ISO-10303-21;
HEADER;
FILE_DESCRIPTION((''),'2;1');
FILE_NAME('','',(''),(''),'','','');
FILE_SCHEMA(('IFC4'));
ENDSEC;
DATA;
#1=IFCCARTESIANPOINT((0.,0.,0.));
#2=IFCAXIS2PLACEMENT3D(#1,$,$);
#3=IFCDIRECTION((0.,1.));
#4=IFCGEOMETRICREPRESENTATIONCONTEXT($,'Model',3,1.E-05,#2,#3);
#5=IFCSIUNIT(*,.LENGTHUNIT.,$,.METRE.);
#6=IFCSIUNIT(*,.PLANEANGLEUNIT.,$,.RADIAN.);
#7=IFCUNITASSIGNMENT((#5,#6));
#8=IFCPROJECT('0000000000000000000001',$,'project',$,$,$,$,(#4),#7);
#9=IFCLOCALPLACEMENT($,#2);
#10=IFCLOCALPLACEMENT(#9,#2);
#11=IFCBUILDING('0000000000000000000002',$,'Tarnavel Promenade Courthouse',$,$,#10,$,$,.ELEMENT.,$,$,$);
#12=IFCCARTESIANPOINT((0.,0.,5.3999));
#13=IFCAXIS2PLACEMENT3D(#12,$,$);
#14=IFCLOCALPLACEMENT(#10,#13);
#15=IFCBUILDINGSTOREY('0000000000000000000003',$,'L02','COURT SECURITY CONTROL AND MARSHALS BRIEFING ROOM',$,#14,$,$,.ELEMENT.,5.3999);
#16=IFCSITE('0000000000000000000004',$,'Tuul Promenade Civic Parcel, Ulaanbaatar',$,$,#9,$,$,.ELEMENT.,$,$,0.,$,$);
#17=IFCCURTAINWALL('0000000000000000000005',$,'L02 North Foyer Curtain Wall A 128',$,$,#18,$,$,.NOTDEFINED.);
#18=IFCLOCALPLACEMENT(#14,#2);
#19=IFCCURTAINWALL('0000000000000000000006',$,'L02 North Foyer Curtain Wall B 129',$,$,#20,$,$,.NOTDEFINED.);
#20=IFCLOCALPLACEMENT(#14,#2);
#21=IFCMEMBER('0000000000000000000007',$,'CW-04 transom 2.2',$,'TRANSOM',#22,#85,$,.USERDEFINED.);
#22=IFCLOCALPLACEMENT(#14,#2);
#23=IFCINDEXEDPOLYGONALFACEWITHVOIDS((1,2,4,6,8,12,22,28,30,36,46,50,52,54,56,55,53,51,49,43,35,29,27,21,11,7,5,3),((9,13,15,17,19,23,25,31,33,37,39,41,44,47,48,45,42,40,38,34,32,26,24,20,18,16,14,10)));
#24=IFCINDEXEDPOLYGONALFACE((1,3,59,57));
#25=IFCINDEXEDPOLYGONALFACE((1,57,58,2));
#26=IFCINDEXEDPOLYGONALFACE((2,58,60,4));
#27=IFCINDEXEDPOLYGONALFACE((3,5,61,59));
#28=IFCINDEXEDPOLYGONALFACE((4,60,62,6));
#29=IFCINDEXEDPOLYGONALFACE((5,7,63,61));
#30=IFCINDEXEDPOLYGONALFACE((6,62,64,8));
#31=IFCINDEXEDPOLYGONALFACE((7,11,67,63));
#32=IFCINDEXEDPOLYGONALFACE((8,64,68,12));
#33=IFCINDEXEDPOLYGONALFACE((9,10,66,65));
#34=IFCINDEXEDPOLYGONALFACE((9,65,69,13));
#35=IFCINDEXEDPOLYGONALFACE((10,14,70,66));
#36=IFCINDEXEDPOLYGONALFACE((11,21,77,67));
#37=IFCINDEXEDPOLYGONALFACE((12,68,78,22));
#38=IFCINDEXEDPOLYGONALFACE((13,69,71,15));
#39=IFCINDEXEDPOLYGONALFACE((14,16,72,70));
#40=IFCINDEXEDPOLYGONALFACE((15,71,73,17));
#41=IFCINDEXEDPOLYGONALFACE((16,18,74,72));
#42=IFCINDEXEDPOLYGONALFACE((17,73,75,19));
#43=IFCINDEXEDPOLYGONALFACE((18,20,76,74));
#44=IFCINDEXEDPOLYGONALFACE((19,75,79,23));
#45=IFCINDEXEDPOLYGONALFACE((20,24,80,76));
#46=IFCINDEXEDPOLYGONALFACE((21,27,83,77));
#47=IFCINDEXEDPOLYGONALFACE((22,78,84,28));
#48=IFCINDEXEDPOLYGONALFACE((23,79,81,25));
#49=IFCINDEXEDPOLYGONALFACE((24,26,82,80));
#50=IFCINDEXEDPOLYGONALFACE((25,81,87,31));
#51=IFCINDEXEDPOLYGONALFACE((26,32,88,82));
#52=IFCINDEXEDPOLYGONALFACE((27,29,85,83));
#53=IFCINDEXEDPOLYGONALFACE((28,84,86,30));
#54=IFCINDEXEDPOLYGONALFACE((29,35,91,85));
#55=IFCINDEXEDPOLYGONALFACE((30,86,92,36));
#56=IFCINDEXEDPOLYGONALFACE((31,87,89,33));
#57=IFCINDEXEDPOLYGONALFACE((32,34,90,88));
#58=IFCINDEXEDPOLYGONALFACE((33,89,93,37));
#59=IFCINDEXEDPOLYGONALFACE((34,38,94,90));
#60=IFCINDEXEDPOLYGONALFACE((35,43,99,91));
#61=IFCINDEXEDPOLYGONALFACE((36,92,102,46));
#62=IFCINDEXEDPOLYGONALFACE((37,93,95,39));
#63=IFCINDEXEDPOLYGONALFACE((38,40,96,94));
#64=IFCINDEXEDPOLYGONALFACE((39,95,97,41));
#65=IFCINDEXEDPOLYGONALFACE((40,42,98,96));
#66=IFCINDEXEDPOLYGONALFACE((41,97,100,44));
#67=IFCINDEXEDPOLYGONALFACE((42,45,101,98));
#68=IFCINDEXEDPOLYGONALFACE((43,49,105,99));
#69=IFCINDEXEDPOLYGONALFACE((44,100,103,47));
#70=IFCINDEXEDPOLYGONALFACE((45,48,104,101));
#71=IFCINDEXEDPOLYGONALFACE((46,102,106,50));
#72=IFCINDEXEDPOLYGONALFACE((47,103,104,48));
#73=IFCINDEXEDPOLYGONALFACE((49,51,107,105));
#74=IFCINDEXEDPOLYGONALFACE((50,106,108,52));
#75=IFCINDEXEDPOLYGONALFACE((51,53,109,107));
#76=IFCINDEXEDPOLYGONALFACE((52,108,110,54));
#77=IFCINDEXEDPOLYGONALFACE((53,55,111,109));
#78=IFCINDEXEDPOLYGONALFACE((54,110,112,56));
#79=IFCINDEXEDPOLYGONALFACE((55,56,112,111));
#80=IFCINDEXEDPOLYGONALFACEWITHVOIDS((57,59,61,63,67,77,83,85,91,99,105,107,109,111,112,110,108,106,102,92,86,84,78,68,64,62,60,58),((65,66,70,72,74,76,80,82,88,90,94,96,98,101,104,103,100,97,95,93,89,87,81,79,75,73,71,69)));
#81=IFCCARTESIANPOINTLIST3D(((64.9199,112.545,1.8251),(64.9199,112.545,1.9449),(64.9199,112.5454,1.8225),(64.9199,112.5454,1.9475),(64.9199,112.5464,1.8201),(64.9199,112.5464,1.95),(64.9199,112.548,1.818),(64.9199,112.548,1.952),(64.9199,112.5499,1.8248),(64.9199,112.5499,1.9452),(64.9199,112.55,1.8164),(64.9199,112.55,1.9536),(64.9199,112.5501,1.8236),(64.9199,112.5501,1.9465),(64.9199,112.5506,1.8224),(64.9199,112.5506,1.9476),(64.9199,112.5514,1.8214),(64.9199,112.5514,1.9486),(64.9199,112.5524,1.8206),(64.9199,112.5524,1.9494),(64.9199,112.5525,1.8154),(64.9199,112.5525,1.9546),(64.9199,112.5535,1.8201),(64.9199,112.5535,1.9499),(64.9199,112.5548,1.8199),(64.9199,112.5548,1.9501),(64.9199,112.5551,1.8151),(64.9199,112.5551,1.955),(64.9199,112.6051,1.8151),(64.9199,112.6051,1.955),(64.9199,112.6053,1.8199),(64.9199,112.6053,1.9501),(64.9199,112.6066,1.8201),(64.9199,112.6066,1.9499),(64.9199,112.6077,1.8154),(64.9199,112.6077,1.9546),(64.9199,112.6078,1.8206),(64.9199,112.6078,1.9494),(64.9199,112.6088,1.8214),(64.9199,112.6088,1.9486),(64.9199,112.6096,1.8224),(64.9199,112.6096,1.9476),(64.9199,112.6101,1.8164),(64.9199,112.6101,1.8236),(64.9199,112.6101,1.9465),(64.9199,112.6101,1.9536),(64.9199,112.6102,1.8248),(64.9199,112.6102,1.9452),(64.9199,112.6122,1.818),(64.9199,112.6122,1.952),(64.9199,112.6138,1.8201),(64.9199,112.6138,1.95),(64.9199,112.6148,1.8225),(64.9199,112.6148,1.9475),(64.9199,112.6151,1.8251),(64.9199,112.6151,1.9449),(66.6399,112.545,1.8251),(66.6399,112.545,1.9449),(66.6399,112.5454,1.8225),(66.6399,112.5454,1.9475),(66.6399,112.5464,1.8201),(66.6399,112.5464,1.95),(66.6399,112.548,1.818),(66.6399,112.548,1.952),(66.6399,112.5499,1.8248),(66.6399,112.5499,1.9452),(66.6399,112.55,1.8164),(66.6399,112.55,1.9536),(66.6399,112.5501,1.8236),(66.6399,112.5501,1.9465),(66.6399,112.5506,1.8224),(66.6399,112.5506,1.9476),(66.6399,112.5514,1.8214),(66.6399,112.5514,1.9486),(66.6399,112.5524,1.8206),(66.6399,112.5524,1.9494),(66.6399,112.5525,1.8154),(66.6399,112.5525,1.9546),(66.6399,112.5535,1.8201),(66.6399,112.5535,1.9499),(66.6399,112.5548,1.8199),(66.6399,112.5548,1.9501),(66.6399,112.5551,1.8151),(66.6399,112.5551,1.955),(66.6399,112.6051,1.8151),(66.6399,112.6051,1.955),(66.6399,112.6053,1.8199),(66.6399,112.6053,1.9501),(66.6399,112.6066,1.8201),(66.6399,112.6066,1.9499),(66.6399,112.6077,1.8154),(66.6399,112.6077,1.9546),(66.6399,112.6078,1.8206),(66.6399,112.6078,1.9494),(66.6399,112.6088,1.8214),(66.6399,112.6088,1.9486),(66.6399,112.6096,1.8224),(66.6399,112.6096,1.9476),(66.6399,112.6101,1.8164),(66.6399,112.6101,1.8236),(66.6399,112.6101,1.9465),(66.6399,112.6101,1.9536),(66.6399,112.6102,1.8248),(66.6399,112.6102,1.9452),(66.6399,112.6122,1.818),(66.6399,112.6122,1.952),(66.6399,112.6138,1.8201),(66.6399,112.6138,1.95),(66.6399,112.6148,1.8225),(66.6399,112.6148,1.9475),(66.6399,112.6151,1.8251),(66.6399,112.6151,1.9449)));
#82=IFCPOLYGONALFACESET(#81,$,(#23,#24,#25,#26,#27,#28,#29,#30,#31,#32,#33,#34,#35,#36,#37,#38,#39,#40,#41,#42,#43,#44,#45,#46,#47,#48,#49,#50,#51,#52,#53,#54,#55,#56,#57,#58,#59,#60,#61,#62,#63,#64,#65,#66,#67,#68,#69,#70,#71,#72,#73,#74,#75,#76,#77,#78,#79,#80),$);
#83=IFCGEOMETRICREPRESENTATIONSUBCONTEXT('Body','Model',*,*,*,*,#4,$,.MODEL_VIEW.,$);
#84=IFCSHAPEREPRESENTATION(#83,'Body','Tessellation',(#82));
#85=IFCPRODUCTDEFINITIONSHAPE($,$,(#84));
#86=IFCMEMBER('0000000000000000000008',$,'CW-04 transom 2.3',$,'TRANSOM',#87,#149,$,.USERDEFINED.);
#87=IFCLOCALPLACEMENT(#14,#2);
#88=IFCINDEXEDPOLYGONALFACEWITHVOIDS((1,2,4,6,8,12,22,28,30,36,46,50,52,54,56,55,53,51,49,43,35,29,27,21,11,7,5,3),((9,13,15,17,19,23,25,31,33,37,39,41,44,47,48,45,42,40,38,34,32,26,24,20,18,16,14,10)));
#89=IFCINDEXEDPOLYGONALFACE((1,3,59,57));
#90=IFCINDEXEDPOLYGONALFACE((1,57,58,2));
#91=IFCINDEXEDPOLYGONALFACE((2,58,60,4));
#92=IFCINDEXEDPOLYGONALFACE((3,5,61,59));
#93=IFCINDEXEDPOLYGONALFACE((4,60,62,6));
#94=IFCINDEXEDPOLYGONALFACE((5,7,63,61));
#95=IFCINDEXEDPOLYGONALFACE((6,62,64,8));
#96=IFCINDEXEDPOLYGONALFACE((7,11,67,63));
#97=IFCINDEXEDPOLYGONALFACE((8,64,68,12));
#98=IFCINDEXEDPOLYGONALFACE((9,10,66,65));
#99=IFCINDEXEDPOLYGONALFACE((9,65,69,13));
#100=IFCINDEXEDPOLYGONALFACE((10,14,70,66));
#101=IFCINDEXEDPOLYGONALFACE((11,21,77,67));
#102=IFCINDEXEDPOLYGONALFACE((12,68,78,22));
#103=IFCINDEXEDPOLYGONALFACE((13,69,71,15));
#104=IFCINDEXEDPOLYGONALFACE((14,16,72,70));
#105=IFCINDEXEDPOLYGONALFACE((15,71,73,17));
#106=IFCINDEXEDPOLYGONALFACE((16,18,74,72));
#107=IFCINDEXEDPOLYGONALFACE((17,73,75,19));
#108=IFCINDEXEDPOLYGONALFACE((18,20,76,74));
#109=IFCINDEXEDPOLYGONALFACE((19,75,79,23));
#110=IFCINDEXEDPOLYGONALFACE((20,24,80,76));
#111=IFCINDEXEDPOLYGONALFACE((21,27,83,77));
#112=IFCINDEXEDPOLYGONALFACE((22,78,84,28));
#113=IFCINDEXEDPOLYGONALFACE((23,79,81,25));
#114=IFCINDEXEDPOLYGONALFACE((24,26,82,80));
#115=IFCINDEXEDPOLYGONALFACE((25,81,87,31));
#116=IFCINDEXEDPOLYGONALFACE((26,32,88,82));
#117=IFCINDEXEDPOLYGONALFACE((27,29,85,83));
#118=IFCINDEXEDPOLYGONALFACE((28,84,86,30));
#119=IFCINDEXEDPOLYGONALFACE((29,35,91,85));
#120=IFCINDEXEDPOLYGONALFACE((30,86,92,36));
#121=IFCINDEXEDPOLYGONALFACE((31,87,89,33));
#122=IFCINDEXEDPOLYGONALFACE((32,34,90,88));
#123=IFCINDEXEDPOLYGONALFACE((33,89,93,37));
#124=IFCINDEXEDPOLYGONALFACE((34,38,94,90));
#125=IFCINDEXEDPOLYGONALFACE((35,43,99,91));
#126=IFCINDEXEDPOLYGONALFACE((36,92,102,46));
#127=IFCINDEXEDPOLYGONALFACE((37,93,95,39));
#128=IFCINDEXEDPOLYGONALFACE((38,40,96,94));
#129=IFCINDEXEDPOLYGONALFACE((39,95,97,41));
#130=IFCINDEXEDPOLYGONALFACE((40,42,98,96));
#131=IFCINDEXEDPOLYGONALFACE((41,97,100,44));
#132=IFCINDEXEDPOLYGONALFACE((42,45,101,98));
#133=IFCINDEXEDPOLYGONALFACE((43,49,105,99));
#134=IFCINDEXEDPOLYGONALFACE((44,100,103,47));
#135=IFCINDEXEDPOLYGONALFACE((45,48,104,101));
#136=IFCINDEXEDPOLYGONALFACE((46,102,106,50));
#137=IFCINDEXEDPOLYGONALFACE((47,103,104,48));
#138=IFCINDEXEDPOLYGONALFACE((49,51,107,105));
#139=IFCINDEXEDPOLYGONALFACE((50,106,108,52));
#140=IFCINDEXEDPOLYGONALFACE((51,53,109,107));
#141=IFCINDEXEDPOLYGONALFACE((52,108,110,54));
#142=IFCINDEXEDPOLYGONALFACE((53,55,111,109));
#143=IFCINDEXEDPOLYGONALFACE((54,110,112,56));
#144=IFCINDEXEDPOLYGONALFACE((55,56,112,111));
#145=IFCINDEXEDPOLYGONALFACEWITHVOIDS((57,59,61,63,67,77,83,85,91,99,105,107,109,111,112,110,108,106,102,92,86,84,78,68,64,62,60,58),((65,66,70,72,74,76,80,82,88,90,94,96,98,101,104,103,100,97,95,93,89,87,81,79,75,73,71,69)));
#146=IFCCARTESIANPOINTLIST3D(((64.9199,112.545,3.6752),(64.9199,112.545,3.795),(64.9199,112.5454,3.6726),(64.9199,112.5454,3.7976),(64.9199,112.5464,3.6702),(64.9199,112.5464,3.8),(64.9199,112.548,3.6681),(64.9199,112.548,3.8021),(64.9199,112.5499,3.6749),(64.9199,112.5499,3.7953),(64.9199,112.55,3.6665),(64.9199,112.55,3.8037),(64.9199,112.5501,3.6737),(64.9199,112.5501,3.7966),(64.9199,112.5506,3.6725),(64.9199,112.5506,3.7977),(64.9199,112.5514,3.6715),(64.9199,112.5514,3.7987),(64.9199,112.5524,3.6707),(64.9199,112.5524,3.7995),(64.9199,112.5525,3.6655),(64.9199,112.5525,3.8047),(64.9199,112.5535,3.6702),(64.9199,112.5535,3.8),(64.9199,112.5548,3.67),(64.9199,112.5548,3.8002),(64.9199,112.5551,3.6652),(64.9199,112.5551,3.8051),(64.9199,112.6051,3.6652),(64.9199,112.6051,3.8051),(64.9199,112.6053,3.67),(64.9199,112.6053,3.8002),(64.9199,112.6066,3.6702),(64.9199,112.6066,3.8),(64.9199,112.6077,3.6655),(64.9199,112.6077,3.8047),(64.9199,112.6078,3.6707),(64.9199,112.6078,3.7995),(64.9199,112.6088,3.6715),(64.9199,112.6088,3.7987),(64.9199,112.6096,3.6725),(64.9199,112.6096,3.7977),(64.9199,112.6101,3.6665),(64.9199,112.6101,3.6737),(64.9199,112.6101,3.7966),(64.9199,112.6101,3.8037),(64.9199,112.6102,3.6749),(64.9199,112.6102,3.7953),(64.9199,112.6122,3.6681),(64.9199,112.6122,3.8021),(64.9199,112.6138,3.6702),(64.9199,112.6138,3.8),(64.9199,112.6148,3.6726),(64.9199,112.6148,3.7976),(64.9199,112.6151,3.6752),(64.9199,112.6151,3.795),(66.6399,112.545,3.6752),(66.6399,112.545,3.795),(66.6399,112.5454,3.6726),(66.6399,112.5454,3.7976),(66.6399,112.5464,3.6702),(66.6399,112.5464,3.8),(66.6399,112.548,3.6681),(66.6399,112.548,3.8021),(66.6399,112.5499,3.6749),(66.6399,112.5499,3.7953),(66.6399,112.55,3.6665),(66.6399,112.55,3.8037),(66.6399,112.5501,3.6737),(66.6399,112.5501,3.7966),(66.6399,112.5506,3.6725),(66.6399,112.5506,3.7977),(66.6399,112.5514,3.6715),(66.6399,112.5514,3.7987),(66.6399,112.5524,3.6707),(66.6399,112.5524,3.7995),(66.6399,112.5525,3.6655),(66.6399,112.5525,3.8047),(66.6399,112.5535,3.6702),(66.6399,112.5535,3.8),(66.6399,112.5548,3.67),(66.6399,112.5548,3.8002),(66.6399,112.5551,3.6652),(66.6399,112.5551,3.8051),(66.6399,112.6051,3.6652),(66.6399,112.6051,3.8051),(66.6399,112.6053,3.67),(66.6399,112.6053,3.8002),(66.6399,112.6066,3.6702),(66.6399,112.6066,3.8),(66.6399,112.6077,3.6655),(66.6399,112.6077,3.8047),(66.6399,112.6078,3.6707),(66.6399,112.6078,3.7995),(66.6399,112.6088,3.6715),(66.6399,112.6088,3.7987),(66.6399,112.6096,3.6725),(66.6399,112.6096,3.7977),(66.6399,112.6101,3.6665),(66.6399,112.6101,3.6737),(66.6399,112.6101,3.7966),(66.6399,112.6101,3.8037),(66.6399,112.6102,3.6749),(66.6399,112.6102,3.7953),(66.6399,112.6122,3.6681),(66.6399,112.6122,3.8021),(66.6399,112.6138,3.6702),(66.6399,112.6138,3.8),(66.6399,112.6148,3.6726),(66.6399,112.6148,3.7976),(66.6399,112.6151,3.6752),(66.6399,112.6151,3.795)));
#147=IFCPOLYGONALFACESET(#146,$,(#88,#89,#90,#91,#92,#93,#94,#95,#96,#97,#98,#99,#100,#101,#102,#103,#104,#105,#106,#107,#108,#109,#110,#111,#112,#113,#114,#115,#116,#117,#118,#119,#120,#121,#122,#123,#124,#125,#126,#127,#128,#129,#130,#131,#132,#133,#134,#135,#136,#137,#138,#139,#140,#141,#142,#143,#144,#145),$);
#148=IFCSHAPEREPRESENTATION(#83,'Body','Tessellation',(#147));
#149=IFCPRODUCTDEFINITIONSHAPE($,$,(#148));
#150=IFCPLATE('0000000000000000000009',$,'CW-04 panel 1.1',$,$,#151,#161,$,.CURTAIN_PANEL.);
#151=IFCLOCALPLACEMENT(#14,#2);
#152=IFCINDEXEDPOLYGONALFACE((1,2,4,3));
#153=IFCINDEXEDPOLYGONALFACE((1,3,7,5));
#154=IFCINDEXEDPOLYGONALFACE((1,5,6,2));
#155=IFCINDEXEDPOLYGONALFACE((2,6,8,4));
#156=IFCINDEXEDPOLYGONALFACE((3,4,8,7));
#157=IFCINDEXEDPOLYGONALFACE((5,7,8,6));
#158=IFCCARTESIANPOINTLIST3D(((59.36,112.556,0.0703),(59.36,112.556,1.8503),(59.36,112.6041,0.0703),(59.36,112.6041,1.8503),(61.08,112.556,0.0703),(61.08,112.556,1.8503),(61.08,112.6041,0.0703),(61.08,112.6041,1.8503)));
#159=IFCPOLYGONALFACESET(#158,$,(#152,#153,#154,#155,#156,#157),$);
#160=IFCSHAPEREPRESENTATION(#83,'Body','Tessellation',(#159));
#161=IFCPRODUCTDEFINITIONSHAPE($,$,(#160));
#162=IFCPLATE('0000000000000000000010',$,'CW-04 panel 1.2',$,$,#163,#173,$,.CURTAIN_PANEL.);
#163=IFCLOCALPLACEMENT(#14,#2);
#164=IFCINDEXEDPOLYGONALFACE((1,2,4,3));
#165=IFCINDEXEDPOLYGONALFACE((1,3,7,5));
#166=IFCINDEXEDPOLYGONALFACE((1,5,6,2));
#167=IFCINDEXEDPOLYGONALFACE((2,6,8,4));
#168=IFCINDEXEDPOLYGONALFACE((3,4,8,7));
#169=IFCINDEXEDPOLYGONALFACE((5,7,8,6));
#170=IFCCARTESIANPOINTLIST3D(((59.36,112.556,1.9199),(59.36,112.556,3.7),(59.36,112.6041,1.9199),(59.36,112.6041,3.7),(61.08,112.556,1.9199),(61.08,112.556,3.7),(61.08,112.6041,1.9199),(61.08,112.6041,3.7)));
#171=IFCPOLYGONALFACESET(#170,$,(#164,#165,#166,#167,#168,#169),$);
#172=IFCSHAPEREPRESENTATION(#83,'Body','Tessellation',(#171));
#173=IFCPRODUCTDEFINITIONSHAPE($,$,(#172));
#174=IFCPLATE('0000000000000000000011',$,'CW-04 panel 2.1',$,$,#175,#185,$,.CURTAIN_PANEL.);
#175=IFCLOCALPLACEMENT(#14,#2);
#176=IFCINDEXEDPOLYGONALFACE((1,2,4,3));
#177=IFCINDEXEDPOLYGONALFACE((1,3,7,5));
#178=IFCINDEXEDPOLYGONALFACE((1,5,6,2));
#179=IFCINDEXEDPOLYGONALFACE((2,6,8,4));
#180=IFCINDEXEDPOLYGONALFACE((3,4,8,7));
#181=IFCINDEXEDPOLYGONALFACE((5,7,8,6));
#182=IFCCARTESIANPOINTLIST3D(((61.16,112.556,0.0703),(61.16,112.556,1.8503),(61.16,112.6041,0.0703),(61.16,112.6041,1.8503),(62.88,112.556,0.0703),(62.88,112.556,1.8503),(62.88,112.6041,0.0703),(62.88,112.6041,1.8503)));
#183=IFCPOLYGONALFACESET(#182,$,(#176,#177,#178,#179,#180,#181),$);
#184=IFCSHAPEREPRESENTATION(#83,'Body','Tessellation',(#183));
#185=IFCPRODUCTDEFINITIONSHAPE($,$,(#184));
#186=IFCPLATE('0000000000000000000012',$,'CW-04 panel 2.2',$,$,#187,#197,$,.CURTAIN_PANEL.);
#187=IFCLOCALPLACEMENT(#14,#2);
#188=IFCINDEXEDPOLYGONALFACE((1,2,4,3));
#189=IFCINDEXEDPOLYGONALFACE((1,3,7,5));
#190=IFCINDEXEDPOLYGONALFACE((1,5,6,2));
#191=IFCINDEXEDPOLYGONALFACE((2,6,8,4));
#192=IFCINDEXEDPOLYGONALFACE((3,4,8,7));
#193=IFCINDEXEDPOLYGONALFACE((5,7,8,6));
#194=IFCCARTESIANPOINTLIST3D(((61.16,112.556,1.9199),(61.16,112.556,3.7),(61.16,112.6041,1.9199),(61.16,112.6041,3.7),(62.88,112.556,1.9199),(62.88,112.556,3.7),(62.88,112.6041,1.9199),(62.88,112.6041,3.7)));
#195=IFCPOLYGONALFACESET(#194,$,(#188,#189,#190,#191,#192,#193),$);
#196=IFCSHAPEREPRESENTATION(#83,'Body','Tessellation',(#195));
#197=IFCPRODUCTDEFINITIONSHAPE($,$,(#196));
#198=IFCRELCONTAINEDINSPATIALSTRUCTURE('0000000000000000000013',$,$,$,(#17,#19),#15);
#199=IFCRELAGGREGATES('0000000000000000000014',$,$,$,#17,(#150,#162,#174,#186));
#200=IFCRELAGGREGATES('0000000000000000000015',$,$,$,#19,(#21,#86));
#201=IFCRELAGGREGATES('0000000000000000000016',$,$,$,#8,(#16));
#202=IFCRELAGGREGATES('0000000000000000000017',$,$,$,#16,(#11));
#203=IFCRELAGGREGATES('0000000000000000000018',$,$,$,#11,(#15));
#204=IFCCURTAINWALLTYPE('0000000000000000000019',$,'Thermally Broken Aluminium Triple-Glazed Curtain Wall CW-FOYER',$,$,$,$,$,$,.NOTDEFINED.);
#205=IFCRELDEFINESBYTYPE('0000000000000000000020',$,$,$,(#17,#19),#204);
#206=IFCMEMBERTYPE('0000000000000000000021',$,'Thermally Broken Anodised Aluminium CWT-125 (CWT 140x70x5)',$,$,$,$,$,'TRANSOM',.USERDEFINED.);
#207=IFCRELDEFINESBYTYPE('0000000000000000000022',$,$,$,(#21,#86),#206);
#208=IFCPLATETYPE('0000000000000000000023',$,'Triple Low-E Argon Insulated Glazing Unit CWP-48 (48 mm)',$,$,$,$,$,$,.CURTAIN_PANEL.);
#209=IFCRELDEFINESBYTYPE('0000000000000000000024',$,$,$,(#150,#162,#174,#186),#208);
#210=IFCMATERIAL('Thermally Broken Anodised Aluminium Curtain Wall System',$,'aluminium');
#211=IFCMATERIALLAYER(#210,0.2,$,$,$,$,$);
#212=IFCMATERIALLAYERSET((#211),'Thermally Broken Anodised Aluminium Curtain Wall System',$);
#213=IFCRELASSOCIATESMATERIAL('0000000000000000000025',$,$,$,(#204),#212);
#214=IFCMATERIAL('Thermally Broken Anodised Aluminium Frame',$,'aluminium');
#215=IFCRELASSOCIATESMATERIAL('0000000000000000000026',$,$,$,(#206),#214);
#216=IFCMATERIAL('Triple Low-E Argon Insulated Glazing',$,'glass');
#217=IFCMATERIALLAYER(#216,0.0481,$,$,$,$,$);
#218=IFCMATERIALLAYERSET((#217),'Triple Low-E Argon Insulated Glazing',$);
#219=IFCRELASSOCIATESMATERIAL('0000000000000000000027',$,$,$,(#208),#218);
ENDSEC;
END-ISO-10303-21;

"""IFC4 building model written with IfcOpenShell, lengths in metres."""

from ifc_helpers import new_model, si_unit, direction, frame, origin, origin_2d, place, context, subcontext, project, spatial, rectangle, hollow_rectangle, extrude, material, layer, layer_set, material_profile, profile_set, type_object, element, aggregate, save


model = new_model("IFC4")

# Units and contexts
model_context = context("Model", 3, precision=1e-05, world=origin(), true_north=direction((0.0, 1.0)))
body_context = subcontext(model_context, "Body", "Model", "MODEL_VIEW")
ifc_project = project(units=[si_unit("LENGTHUNIT", "METRE"), si_unit("PLANEANGLEUNIT", "RADIAN")], contexts=[model_context])

# Site, building, storey
site_placement = place(None, origin())
site = spatial("IfcSite", under=ifc_project, at=site_placement, Name="Tuul Promenade Civic Parcel, Ulaanbaatar", CompositionType="ELEMENT", RefElevation=0.0)
building_placement = place(site_placement, origin())
building = spatial("IfcBuilding", under=site, at=building_placement, Name="Tarnavel Promenade Courthouse", CompositionType="ELEMENT")
storey_placement = place(building_placement, frame((0.0, 0.0, 5.3999)))
storey = spatial("IfcBuildingStorey", under=building, at=storey_placement, Name="L02", Description="COURT SECURITY CONTROL AND MARSHALS BRIEFING ROOM", CompositionType="ELEMENT", Elevation=5.3999)

# Curtain walls
ifc_material_1 = material(Name="Thermally Broken Anodised Aluminium Curtain Wall System", Category="aluminium")
ifc_layer_1 = layer(ifc_material_1, 0.2)
ifc_layer_set_1 = layer_set([ifc_layer_1], Name="Thermally Broken Anodised Aluminium Curtain Wall System")
curtain_wall_type = type_object("IfcCurtainWallType", Name="Thermally Broken Aluminium Triple-Glazed Curtain Wall CW-FOYER", PredefinedType="NOTDEFINED", material=ifc_layer_set_1)
curtain_wall_1_placement = place(storey_placement, origin())
curtain_wall_1 = element("IfcCurtainWall", 1, at=curtain_wall_1_placement, inside=storey, type_object=curtain_wall_type, Name="L02 North Foyer Curtain Wall A 128", PredefinedType="NOTDEFINED")
ifc_material_2 = material(Name="Thermally Broken Anodised Aluminium Frame", Category="aluminium")
curtain_wall_2_placement = place(storey_placement, origin())
curtain_wall_2 = element("IfcCurtainWall", 2, at=curtain_wall_2_placement, inside=storey, type_object=curtain_wall_type, Name="L02 North Foyer Curtain Wall B 129", PredefinedType="NOTDEFINED")

# Members
ifc_material_profile_1 = material_profile(ifc_material_2, hollow_rectangle(XDim=0.0701, YDim=0.1399, WallThickness=0.0049, InnerFilletRadius=0.0049, OuterFilletRadius=0.01, at=origin_2d()), Name="CWT 140x70x5")
ifc_profile_set_1 = profile_set([ifc_material_profile_1], Name="Thermally Broken Anodised Aluminium Frame")
member_type_1 = type_object("IfcMemberType", Name="Thermally Broken Anodised Aluminium CWT-125 (CWT 140x70x5)", ElementType="TRANSOM", PredefinedType="USERDEFINED", material=ifc_profile_set_1)
member_1_placement = place(storey_placement, frame((64.9199, 112.5801, 1.885), z_axis=(1.0, 0.0, 0.0), x_axis=(0.0, 1.0, 0.0)))
member_1 = element("IfcMember", 3, at=member_1_placement, type_object=member_type_1, Name="CW-04 transom 2.2", ObjectType="TRANSOM", PredefinedType="USERDEFINED", context=body_context, shape_type="SweptSolid", body=[
    extrude(hollow_rectangle(XDim=0.0701, YDim=0.1399, WallThickness=0.0049, InnerFilletRadius=0.0049, OuterFilletRadius=0.01, at=origin_2d()), origin(), (0.0, 0.0, 1.0), 1.72),
])
member_2_placement = place(storey_placement, frame((64.9199, 112.5801, 3.7351), z_axis=(1.0, 0.0, 0.0), x_axis=(0.0, 1.0, 0.0)))
member_2 = element("IfcMember", 4, at=member_2_placement, type_object=member_type_1, Name="CW-04 transom 2.3", ObjectType="TRANSOM", PredefinedType="USERDEFINED", context=body_context, shape_type="SweptSolid", body=[
    extrude(hollow_rectangle(XDim=0.0701, YDim=0.1399, WallThickness=0.0049, InnerFilletRadius=0.0049, OuterFilletRadius=0.01, at=origin_2d()), origin(), (0.0, 0.0, 1.0), 1.72),
])

# Plates
ifc_material_3 = material(Name="Triple Low-E Argon Insulated Glazing", Category="glass")
ifc_layer_2 = layer(ifc_material_3, 0.0481)
ifc_layer_set_2 = layer_set([ifc_layer_2], Name="Triple Low-E Argon Insulated Glazing")
plate_type = type_object("IfcPlateType", Name="Triple Low-E Argon Insulated Glazing Unit CWP-48 (48 mm)", PredefinedType="CURTAIN_PANEL", material=ifc_layer_set_2)
plate_1_placement = place(storey_placement, frame((60.22, 112.5801, 0.0703), z_axis=(0.0, 0.0, 1.0), x_axis=(1.0, 0.0, 0.0)))
plate_1 = element("IfcPlate", 5, at=plate_1_placement, type_object=plate_type, Name="CW-04 panel 1.1", PredefinedType="CURTAIN_PANEL", context=body_context, shape_type="SweptSolid", body=[
    extrude(rectangle(XDim=1.72, YDim=0.0481, at=origin_2d()), origin(), (0.0, 0.0, 1.0), 1.78),
])
plate_2_placement = place(storey_placement, frame((60.22, 112.5801, 1.9199), z_axis=(0.0, 0.0, 1.0), x_axis=(1.0, 0.0, 0.0)))
plate_2 = element("IfcPlate", 6, at=plate_2_placement, type_object=plate_type, Name="CW-04 panel 1.2", PredefinedType="CURTAIN_PANEL", context=body_context, shape_type="SweptSolid", body=[
    extrude(rectangle(XDim=1.72, YDim=0.0481, at=origin_2d()), origin(), (0.0, 0.0, 1.0), 1.78),
])
plate_3_placement = place(storey_placement, frame((62.02, 112.5801, 0.0703), z_axis=(0.0, 0.0, 1.0), x_axis=(1.0, 0.0, 0.0)))
plate_3 = element("IfcPlate", 7, at=plate_3_placement, type_object=plate_type, Name="CW-04 panel 2.1", PredefinedType="CURTAIN_PANEL", context=body_context, shape_type="SweptSolid", body=[
    extrude(rectangle(XDim=1.72, YDim=0.0481, at=origin_2d()), origin(), (0.0, 0.0, 1.0), 1.78),
])
plate_4_placement = place(storey_placement, frame((62.02, 112.5801, 1.9199), z_axis=(0.0, 0.0, 1.0), x_axis=(1.0, 0.0, 0.0)))
plate_4 = element("IfcPlate", 8, at=plate_4_placement, type_object=plate_type, Name="CW-04 panel 2.2", PredefinedType="CURTAIN_PANEL", context=body_context, shape_type="SweptSolid", body=[
    extrude(rectangle(XDim=1.72, YDim=0.0481, at=origin_2d()), origin(), (0.0, 0.0, 1.0), 1.78),
])
aggregate(curtain_wall_1, [plate_1, plate_2, plate_3, plate_4])
aggregate(curtain_wall_2, [member_1, member_2])

save(model, "model.ifc")
